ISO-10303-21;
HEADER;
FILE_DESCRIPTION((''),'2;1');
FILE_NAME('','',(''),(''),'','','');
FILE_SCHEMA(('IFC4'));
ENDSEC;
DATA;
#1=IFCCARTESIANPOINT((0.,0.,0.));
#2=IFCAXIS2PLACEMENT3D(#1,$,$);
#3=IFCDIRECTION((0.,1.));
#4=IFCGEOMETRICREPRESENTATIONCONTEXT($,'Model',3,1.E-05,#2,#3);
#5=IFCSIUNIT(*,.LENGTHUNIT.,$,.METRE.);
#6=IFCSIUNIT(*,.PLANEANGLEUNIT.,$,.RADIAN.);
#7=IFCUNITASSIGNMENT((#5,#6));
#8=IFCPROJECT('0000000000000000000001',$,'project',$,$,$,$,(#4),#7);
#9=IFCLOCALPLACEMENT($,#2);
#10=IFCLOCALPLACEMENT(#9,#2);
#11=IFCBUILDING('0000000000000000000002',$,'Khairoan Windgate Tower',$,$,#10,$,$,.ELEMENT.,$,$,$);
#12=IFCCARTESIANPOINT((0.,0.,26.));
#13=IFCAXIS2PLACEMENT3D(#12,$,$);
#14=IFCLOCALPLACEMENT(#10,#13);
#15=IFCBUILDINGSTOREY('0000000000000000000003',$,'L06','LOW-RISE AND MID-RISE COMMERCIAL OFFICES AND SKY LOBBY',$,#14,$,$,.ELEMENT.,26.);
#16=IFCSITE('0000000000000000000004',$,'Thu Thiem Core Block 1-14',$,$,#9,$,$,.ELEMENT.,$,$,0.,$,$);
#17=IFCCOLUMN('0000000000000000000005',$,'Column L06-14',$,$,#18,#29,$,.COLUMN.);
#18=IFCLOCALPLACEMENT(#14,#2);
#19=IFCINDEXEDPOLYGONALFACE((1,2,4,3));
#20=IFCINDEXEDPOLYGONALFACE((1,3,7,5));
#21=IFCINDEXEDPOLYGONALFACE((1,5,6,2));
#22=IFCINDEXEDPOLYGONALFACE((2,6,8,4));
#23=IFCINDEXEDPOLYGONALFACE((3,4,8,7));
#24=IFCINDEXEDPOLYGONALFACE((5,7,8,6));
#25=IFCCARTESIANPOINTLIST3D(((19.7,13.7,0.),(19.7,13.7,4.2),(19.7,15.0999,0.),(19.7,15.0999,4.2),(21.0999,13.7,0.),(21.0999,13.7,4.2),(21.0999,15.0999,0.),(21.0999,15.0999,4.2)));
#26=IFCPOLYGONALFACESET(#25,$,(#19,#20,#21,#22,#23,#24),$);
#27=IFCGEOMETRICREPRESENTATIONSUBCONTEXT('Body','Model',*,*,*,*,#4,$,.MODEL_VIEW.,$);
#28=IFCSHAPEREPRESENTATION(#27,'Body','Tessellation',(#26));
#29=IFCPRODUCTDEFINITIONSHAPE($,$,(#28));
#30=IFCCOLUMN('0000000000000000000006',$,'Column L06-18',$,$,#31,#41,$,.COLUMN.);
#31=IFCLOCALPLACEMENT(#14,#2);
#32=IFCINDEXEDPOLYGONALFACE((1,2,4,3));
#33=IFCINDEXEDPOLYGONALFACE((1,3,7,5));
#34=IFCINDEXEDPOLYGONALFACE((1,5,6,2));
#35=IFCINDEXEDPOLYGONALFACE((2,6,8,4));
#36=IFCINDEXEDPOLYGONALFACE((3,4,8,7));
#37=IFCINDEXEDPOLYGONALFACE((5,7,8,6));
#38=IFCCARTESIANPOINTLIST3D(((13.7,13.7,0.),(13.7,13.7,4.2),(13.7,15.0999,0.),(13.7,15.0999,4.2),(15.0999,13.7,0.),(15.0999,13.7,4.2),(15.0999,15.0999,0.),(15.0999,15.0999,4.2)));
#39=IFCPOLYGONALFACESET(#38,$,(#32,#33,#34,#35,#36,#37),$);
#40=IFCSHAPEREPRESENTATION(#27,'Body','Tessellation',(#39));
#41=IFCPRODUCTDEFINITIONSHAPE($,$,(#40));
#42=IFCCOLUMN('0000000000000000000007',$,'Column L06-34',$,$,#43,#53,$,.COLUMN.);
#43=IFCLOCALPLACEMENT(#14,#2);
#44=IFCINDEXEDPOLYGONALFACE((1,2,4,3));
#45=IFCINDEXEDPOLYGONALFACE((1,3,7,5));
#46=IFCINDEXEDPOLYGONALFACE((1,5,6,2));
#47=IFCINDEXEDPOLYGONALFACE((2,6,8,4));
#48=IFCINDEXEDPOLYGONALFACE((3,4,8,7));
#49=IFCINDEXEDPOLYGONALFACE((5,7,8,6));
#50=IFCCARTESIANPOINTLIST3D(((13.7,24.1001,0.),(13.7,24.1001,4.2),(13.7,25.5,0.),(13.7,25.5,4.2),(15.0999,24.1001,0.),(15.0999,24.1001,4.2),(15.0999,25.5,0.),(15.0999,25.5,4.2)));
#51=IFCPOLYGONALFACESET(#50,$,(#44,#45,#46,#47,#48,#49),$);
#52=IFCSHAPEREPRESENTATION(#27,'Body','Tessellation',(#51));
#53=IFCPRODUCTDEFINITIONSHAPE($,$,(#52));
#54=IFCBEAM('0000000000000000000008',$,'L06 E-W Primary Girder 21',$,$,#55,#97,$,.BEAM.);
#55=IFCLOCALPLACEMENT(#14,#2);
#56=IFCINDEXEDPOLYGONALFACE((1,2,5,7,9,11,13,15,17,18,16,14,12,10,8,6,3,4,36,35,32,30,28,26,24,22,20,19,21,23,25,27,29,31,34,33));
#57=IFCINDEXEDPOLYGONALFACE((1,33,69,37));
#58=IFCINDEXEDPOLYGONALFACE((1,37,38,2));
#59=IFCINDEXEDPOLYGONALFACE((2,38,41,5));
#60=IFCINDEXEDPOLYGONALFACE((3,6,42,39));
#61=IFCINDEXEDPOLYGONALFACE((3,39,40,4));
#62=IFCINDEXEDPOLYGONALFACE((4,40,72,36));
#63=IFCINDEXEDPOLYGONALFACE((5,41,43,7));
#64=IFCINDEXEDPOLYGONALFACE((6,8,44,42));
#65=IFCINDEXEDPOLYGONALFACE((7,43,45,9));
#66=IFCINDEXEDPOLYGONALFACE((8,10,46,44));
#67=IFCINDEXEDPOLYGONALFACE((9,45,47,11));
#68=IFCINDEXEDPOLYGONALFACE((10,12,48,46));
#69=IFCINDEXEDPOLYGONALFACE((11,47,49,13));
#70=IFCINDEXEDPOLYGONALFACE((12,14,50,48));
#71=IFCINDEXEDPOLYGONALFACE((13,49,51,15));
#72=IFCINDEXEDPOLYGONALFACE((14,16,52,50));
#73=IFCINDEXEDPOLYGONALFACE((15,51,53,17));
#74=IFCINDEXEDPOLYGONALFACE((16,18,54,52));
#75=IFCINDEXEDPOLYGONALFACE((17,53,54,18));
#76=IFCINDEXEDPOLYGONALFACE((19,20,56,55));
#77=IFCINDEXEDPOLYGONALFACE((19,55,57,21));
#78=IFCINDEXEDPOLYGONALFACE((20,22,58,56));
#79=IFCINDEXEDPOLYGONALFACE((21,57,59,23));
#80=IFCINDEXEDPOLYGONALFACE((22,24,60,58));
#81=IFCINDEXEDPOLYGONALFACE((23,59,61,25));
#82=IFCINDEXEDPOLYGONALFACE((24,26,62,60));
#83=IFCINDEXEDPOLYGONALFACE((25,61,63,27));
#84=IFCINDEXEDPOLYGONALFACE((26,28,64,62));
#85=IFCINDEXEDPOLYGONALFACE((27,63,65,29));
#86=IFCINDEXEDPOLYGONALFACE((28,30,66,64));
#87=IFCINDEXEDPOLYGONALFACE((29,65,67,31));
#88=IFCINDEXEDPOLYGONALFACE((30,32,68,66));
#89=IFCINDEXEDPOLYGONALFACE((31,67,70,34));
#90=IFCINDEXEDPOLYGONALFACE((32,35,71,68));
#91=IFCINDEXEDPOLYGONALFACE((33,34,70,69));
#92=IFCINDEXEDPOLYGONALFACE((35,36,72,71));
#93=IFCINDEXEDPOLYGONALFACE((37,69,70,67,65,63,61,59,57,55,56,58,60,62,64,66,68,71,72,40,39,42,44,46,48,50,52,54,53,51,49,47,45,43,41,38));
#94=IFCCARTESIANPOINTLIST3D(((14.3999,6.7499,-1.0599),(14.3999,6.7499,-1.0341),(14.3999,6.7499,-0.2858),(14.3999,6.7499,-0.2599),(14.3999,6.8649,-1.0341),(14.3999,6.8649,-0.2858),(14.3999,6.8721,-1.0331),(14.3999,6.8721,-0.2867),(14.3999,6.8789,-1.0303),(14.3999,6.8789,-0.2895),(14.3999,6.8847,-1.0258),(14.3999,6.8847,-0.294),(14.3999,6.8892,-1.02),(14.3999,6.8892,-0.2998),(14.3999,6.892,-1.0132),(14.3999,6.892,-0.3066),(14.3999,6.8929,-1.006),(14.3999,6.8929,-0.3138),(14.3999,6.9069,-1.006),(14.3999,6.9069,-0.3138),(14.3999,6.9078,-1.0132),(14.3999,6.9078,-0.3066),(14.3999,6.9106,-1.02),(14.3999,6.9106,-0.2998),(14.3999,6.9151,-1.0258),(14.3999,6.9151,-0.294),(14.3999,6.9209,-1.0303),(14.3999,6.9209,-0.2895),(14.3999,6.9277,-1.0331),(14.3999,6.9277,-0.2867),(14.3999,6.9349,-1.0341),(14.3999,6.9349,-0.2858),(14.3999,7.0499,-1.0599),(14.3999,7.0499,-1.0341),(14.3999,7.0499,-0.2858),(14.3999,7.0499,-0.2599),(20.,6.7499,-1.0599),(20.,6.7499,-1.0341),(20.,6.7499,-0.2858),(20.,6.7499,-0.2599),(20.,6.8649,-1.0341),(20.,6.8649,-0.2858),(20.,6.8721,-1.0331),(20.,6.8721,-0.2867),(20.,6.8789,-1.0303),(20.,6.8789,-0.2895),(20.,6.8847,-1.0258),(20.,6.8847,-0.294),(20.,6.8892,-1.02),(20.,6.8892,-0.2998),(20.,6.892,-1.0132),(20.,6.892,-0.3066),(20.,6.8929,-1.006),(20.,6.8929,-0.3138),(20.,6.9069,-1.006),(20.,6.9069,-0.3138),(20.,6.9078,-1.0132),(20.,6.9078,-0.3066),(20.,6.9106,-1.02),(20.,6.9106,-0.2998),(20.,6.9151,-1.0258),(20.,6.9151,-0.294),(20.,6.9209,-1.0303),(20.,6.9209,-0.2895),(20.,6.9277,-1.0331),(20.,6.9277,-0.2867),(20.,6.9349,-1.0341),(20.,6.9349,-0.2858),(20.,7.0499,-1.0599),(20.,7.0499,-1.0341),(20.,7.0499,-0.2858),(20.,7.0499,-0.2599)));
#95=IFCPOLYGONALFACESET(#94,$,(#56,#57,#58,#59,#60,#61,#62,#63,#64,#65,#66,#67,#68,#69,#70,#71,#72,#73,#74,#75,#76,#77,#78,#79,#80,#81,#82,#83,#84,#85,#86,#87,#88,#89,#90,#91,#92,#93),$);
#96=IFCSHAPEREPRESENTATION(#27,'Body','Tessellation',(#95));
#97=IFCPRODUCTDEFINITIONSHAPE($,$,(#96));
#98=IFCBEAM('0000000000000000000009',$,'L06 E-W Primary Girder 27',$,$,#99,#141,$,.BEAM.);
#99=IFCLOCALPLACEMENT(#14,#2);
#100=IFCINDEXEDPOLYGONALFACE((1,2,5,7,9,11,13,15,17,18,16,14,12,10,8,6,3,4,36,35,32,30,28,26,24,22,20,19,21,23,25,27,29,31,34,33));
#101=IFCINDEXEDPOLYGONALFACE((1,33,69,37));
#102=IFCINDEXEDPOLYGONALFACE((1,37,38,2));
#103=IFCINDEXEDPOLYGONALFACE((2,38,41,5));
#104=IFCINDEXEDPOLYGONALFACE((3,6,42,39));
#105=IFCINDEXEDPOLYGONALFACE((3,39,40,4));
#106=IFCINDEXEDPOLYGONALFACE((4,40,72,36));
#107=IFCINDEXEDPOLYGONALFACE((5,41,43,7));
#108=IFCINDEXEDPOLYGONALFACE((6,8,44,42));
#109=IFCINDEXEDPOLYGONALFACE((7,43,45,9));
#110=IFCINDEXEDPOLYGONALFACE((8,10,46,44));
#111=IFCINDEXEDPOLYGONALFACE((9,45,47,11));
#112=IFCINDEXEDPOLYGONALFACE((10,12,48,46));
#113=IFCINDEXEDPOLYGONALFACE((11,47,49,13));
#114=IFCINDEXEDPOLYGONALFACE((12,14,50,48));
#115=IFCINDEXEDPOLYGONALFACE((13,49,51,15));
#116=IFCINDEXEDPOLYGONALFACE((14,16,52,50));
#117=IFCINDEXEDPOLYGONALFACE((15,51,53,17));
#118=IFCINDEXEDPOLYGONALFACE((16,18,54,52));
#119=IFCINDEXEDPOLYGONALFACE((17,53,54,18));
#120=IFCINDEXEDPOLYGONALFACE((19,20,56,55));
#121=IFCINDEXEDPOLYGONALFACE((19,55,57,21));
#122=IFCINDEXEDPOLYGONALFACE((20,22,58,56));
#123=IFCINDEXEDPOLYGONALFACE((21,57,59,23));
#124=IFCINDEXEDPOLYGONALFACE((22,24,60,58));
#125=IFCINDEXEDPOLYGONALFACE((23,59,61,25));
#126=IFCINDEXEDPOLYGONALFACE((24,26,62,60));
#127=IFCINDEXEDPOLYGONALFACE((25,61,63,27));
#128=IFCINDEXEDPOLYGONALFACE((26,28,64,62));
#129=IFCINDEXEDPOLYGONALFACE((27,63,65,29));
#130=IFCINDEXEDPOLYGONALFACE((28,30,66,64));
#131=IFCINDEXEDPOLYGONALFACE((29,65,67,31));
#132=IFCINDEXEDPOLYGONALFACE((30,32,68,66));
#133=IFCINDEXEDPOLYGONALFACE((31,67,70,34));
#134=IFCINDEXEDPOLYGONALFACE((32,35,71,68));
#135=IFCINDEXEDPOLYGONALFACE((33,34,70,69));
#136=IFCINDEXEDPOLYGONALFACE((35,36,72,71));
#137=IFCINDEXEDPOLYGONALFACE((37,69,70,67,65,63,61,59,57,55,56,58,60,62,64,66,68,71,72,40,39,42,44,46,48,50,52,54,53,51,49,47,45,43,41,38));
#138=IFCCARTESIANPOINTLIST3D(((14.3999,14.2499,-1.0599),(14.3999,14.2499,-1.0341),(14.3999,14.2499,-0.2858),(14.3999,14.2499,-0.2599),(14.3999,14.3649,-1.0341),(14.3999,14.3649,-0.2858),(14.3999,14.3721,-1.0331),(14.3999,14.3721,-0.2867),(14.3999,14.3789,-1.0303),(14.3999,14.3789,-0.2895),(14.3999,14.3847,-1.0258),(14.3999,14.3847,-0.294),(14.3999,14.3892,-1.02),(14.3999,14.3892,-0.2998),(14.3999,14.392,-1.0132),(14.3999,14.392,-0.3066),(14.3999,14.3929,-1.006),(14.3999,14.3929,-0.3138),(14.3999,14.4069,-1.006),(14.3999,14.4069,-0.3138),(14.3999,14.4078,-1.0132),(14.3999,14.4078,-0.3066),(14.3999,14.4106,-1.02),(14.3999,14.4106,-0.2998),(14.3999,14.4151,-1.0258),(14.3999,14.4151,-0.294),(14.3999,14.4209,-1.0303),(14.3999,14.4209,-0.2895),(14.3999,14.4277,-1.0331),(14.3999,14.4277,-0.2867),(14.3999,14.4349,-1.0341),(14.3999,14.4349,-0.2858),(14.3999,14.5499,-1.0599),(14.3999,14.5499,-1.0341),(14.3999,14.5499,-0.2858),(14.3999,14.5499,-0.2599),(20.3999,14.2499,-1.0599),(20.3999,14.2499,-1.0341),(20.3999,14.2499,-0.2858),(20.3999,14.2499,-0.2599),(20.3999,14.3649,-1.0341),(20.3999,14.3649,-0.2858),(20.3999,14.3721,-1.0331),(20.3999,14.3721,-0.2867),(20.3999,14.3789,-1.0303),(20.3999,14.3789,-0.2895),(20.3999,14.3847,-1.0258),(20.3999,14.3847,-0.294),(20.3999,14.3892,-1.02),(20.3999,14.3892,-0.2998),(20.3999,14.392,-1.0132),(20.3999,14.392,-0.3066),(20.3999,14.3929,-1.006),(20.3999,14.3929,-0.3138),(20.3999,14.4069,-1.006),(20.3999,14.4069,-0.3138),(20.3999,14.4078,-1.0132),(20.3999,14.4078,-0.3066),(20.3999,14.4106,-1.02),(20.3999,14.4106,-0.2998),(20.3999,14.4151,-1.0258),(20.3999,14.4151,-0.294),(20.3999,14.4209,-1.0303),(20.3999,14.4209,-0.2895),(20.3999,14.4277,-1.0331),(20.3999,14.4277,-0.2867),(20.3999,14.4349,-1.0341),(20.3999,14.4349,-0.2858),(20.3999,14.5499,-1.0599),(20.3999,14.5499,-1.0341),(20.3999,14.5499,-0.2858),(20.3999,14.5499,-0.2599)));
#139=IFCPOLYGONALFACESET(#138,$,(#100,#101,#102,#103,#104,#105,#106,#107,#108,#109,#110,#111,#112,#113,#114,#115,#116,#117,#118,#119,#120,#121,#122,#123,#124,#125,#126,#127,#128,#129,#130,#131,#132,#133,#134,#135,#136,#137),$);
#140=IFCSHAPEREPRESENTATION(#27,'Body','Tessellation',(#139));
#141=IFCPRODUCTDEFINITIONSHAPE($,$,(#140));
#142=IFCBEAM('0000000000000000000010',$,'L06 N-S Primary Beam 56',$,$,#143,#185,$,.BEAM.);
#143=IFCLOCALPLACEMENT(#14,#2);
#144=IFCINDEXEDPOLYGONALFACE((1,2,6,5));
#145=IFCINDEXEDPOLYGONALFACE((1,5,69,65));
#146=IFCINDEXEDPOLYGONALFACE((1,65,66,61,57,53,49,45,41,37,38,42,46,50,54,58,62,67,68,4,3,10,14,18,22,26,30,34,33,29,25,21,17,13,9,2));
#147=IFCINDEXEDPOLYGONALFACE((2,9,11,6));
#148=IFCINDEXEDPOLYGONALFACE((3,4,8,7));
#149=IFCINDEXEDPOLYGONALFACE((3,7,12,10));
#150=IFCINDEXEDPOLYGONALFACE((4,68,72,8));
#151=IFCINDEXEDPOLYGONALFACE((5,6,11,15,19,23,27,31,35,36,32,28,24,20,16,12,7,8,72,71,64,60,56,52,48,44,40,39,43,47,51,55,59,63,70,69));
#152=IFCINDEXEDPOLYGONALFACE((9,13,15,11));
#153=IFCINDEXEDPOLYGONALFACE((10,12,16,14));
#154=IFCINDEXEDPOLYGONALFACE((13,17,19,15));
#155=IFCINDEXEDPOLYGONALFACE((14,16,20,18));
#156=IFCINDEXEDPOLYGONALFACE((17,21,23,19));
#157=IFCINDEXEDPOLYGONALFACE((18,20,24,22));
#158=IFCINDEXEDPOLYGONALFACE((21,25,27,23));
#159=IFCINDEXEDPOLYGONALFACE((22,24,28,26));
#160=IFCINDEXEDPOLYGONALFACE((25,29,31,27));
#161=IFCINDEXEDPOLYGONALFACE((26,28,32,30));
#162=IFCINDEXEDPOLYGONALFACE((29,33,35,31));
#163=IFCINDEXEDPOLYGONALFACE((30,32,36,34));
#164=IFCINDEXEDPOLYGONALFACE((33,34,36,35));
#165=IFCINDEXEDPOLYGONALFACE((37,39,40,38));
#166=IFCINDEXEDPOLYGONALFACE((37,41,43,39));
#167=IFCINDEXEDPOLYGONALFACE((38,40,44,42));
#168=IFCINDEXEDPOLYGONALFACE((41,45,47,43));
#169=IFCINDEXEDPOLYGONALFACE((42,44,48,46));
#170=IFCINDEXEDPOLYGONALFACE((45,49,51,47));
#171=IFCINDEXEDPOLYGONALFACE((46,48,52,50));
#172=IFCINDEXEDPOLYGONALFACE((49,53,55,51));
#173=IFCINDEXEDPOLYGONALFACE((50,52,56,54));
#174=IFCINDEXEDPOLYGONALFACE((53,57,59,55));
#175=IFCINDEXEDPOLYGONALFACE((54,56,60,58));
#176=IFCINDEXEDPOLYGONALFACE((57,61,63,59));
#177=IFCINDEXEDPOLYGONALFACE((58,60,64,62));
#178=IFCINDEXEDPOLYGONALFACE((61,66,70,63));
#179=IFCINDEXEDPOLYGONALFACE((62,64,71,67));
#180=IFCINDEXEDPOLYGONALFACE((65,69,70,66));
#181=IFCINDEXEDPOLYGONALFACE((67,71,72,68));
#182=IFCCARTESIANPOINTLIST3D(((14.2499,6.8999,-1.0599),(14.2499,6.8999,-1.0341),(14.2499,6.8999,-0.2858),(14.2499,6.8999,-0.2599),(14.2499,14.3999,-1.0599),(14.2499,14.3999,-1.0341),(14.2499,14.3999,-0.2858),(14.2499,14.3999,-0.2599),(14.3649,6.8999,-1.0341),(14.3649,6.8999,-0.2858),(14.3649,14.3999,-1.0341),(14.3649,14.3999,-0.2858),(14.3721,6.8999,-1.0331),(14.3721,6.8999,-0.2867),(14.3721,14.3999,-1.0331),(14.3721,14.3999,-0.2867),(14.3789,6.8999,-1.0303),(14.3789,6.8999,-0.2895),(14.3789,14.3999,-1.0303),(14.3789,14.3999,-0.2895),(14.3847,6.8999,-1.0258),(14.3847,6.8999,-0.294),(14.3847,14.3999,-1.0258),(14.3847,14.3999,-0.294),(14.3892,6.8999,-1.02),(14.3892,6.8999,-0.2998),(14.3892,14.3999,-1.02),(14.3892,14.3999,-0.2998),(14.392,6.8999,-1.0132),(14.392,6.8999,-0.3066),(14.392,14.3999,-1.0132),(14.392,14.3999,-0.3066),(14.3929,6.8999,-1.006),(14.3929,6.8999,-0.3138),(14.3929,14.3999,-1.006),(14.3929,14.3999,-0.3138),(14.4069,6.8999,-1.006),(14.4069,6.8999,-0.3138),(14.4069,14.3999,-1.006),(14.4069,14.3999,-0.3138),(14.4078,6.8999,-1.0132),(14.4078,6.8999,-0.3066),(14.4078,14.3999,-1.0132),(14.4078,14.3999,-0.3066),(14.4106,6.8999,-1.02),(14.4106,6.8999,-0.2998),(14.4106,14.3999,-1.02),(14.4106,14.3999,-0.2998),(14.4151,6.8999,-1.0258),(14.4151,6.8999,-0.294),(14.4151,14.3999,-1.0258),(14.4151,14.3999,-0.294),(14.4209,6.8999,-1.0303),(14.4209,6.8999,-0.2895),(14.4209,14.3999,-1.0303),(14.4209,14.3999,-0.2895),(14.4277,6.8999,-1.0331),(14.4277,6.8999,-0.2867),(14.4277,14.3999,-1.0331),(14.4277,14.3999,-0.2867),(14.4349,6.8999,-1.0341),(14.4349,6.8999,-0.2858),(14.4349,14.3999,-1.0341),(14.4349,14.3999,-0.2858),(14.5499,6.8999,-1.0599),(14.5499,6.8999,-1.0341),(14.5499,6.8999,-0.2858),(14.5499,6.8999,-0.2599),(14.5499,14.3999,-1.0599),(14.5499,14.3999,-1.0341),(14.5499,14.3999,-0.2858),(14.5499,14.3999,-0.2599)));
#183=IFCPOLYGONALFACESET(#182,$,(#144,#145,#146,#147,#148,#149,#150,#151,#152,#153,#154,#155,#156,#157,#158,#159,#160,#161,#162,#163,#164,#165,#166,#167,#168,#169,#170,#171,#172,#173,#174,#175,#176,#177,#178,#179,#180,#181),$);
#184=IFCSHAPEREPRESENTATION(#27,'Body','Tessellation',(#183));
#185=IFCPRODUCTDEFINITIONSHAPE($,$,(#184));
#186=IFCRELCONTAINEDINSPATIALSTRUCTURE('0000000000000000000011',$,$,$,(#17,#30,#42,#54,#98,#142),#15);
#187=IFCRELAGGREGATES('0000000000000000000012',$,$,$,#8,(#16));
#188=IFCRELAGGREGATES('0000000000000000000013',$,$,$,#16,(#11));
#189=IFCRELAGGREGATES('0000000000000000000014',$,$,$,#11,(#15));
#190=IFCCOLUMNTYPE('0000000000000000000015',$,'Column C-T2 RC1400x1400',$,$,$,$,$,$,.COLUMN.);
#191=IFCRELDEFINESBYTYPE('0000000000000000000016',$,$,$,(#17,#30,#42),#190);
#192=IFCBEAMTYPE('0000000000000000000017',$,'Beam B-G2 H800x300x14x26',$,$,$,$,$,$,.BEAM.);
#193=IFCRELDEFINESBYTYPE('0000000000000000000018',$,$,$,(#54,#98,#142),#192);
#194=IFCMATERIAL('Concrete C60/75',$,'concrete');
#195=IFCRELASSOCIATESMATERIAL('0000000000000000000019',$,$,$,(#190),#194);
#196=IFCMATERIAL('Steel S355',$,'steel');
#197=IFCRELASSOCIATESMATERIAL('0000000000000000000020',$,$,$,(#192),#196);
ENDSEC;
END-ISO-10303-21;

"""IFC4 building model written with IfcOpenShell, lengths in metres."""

from ifc_helpers import new_model, si_unit, direction, frame, origin, origin_2d, place, context, subcontext, project, spatial, rectangle, i_section, extrude, material, material_profile, profile_set, type_object, element, save


model = new_model("IFC4")

# Units and contexts
model_context = context("Model", 3, precision=1e-05, world=origin(), true_north=direction((0.0, 1.0)))
body_context = subcontext(model_context, "Body", "Model", "MODEL_VIEW")
ifc_project = project(units=[si_unit("LENGTHUNIT", "METRE"), si_unit("PLANEANGLEUNIT", "RADIAN")], contexts=[model_context])

# Site, building, storey
site_placement = place(None, origin())
site = spatial("IfcSite", under=ifc_project, at=site_placement, Name="Thu Thiem Core Block 1-14", CompositionType="ELEMENT", RefElevation=0.0)
building_placement = place(site_placement, origin())
building = spatial("IfcBuilding", under=site, at=building_placement, Name="Khairoan Windgate Tower", CompositionType="ELEMENT")
storey_placement = place(building_placement, frame((0.0, 0.0, 26.0)))
storey = spatial("IfcBuildingStorey", under=building, at=storey_placement, Name="L06", Description="LOW-RISE AND MID-RISE COMMERCIAL OFFICES AND SKY LOBBY", CompositionType="ELEMENT", Elevation=26.0)

# Columns
ifc_material_1 = material(Name="Concrete C60/75", Category="concrete")
ifc_material_profile_1 = material_profile(ifc_material_1, rectangle(XDim=1.3999, YDim=1.3999, at=origin_2d()))
ifc_profile_set_1 = profile_set([ifc_material_profile_1], Name="Concrete C60/75")
column_type = type_object("IfcColumnType", Name="Column C-T2 RC1400x1400", PredefinedType="COLUMN", material=ifc_profile_set_1)
for number, where, z_axis, x_axis, name in (
    (1, (20.3999, 14.3999, 0.0), (0.0, 0.0, 1.0), (1.0, 0.0, 0.0), "Column L06-14"),
    (2, (14.3999, 14.3999, 0.0), (0.0, 0.0, 1.0), (1.0, 0.0, 0.0), "Column L06-18"),
    (3, (14.3999, 24.8, 0.0), (0.0, 0.0, 1.0), (1.0, 0.0, 0.0), "Column L06-34"),
):
    element("IfcColumn", number, at=place(storey_placement, frame(where, z_axis=z_axis, x_axis=x_axis)), inside=storey, type_object=column_type, Name=name, PredefinedType="COLUMN", context=body_context, shape_type="SweptSolid", body=[
        extrude(rectangle(XDim=1.3999, YDim=1.3999, at=origin_2d()), origin(), (0.0, 0.0, 1.0), 4.2),
    ])

# Beams
ifc_material_2 = material(Name="Steel S355", Category="steel")
ifc_material_profile_2 = material_profile(ifc_material_2, i_section(OverallWidth=0.3, OverallDepth=0.8, WebThickness=0.0139, FlangeThickness=0.0259, FilletRadius=0.0281, at=origin_2d()))
ifc_profile_set_2 = profile_set([ifc_material_profile_2], Name="Steel S355")
beam_type_1 = type_object("IfcBeamType", Name="Beam B-G2 H800x300x14x26", PredefinedType="BEAM", material=ifc_profile_set_2)
beam_1_placement = place(storey_placement, frame((14.3999, 6.8999, -0.6599), z_axis=(1.0, 0.0, 0.0), x_axis=(0.0, 1.0, 0.0)))
element("IfcBeam", 4, at=beam_1_placement, inside=storey, type_object=beam_type_1, Name="L06 E-W Primary Girder 21", PredefinedType="BEAM", context=body_context, shape_type="SweptSolid", body=[
    extrude(i_section(OverallWidth=0.3, OverallDepth=0.8, WebThickness=0.0139, FlangeThickness=0.0259, FilletRadius=0.0281, at=origin_2d()), origin(), (0.0, 0.0, 1.0), 5.6001),
])
beam_2_placement = place(storey_placement, frame((14.3999, 14.3999, -0.6599), z_axis=(1.0, 0.0, 0.0), x_axis=(0.0, 1.0, 0.0)))
element("IfcBeam", 5, at=beam_2_placement, inside=storey, type_object=beam_type_1, Name="L06 E-W Primary Girder 27", PredefinedType="BEAM", context=body_context, shape_type="SweptSolid", body=[
    extrude(i_section(OverallWidth=0.3, OverallDepth=0.8, WebThickness=0.0139, FlangeThickness=0.0259, FilletRadius=0.0281, at=origin_2d()), origin(), (0.0, 0.0, 1.0), 6.0),
])
beam_3_placement = place(storey_placement, frame((14.3999, 6.8999, -0.6599), z_axis=(0.0, 1.0, 0.0), x_axis=(-1.0, 0.0, 0.0)))
element("IfcBeam", 6, at=beam_3_placement, inside=storey, type_object=beam_type_1, Name="L06 N-S Primary Beam 56", PredefinedType="BEAM", context=body_context, shape_type="SweptSolid", body=[
    extrude(i_section(OverallWidth=0.3, OverallDepth=0.8, WebThickness=0.0139, FlangeThickness=0.0259, FilletRadius=0.0281, at=origin_2d()), origin(), (0.0, 0.0, 1.0), 7.5),
])

save(model, "model.ifc")
